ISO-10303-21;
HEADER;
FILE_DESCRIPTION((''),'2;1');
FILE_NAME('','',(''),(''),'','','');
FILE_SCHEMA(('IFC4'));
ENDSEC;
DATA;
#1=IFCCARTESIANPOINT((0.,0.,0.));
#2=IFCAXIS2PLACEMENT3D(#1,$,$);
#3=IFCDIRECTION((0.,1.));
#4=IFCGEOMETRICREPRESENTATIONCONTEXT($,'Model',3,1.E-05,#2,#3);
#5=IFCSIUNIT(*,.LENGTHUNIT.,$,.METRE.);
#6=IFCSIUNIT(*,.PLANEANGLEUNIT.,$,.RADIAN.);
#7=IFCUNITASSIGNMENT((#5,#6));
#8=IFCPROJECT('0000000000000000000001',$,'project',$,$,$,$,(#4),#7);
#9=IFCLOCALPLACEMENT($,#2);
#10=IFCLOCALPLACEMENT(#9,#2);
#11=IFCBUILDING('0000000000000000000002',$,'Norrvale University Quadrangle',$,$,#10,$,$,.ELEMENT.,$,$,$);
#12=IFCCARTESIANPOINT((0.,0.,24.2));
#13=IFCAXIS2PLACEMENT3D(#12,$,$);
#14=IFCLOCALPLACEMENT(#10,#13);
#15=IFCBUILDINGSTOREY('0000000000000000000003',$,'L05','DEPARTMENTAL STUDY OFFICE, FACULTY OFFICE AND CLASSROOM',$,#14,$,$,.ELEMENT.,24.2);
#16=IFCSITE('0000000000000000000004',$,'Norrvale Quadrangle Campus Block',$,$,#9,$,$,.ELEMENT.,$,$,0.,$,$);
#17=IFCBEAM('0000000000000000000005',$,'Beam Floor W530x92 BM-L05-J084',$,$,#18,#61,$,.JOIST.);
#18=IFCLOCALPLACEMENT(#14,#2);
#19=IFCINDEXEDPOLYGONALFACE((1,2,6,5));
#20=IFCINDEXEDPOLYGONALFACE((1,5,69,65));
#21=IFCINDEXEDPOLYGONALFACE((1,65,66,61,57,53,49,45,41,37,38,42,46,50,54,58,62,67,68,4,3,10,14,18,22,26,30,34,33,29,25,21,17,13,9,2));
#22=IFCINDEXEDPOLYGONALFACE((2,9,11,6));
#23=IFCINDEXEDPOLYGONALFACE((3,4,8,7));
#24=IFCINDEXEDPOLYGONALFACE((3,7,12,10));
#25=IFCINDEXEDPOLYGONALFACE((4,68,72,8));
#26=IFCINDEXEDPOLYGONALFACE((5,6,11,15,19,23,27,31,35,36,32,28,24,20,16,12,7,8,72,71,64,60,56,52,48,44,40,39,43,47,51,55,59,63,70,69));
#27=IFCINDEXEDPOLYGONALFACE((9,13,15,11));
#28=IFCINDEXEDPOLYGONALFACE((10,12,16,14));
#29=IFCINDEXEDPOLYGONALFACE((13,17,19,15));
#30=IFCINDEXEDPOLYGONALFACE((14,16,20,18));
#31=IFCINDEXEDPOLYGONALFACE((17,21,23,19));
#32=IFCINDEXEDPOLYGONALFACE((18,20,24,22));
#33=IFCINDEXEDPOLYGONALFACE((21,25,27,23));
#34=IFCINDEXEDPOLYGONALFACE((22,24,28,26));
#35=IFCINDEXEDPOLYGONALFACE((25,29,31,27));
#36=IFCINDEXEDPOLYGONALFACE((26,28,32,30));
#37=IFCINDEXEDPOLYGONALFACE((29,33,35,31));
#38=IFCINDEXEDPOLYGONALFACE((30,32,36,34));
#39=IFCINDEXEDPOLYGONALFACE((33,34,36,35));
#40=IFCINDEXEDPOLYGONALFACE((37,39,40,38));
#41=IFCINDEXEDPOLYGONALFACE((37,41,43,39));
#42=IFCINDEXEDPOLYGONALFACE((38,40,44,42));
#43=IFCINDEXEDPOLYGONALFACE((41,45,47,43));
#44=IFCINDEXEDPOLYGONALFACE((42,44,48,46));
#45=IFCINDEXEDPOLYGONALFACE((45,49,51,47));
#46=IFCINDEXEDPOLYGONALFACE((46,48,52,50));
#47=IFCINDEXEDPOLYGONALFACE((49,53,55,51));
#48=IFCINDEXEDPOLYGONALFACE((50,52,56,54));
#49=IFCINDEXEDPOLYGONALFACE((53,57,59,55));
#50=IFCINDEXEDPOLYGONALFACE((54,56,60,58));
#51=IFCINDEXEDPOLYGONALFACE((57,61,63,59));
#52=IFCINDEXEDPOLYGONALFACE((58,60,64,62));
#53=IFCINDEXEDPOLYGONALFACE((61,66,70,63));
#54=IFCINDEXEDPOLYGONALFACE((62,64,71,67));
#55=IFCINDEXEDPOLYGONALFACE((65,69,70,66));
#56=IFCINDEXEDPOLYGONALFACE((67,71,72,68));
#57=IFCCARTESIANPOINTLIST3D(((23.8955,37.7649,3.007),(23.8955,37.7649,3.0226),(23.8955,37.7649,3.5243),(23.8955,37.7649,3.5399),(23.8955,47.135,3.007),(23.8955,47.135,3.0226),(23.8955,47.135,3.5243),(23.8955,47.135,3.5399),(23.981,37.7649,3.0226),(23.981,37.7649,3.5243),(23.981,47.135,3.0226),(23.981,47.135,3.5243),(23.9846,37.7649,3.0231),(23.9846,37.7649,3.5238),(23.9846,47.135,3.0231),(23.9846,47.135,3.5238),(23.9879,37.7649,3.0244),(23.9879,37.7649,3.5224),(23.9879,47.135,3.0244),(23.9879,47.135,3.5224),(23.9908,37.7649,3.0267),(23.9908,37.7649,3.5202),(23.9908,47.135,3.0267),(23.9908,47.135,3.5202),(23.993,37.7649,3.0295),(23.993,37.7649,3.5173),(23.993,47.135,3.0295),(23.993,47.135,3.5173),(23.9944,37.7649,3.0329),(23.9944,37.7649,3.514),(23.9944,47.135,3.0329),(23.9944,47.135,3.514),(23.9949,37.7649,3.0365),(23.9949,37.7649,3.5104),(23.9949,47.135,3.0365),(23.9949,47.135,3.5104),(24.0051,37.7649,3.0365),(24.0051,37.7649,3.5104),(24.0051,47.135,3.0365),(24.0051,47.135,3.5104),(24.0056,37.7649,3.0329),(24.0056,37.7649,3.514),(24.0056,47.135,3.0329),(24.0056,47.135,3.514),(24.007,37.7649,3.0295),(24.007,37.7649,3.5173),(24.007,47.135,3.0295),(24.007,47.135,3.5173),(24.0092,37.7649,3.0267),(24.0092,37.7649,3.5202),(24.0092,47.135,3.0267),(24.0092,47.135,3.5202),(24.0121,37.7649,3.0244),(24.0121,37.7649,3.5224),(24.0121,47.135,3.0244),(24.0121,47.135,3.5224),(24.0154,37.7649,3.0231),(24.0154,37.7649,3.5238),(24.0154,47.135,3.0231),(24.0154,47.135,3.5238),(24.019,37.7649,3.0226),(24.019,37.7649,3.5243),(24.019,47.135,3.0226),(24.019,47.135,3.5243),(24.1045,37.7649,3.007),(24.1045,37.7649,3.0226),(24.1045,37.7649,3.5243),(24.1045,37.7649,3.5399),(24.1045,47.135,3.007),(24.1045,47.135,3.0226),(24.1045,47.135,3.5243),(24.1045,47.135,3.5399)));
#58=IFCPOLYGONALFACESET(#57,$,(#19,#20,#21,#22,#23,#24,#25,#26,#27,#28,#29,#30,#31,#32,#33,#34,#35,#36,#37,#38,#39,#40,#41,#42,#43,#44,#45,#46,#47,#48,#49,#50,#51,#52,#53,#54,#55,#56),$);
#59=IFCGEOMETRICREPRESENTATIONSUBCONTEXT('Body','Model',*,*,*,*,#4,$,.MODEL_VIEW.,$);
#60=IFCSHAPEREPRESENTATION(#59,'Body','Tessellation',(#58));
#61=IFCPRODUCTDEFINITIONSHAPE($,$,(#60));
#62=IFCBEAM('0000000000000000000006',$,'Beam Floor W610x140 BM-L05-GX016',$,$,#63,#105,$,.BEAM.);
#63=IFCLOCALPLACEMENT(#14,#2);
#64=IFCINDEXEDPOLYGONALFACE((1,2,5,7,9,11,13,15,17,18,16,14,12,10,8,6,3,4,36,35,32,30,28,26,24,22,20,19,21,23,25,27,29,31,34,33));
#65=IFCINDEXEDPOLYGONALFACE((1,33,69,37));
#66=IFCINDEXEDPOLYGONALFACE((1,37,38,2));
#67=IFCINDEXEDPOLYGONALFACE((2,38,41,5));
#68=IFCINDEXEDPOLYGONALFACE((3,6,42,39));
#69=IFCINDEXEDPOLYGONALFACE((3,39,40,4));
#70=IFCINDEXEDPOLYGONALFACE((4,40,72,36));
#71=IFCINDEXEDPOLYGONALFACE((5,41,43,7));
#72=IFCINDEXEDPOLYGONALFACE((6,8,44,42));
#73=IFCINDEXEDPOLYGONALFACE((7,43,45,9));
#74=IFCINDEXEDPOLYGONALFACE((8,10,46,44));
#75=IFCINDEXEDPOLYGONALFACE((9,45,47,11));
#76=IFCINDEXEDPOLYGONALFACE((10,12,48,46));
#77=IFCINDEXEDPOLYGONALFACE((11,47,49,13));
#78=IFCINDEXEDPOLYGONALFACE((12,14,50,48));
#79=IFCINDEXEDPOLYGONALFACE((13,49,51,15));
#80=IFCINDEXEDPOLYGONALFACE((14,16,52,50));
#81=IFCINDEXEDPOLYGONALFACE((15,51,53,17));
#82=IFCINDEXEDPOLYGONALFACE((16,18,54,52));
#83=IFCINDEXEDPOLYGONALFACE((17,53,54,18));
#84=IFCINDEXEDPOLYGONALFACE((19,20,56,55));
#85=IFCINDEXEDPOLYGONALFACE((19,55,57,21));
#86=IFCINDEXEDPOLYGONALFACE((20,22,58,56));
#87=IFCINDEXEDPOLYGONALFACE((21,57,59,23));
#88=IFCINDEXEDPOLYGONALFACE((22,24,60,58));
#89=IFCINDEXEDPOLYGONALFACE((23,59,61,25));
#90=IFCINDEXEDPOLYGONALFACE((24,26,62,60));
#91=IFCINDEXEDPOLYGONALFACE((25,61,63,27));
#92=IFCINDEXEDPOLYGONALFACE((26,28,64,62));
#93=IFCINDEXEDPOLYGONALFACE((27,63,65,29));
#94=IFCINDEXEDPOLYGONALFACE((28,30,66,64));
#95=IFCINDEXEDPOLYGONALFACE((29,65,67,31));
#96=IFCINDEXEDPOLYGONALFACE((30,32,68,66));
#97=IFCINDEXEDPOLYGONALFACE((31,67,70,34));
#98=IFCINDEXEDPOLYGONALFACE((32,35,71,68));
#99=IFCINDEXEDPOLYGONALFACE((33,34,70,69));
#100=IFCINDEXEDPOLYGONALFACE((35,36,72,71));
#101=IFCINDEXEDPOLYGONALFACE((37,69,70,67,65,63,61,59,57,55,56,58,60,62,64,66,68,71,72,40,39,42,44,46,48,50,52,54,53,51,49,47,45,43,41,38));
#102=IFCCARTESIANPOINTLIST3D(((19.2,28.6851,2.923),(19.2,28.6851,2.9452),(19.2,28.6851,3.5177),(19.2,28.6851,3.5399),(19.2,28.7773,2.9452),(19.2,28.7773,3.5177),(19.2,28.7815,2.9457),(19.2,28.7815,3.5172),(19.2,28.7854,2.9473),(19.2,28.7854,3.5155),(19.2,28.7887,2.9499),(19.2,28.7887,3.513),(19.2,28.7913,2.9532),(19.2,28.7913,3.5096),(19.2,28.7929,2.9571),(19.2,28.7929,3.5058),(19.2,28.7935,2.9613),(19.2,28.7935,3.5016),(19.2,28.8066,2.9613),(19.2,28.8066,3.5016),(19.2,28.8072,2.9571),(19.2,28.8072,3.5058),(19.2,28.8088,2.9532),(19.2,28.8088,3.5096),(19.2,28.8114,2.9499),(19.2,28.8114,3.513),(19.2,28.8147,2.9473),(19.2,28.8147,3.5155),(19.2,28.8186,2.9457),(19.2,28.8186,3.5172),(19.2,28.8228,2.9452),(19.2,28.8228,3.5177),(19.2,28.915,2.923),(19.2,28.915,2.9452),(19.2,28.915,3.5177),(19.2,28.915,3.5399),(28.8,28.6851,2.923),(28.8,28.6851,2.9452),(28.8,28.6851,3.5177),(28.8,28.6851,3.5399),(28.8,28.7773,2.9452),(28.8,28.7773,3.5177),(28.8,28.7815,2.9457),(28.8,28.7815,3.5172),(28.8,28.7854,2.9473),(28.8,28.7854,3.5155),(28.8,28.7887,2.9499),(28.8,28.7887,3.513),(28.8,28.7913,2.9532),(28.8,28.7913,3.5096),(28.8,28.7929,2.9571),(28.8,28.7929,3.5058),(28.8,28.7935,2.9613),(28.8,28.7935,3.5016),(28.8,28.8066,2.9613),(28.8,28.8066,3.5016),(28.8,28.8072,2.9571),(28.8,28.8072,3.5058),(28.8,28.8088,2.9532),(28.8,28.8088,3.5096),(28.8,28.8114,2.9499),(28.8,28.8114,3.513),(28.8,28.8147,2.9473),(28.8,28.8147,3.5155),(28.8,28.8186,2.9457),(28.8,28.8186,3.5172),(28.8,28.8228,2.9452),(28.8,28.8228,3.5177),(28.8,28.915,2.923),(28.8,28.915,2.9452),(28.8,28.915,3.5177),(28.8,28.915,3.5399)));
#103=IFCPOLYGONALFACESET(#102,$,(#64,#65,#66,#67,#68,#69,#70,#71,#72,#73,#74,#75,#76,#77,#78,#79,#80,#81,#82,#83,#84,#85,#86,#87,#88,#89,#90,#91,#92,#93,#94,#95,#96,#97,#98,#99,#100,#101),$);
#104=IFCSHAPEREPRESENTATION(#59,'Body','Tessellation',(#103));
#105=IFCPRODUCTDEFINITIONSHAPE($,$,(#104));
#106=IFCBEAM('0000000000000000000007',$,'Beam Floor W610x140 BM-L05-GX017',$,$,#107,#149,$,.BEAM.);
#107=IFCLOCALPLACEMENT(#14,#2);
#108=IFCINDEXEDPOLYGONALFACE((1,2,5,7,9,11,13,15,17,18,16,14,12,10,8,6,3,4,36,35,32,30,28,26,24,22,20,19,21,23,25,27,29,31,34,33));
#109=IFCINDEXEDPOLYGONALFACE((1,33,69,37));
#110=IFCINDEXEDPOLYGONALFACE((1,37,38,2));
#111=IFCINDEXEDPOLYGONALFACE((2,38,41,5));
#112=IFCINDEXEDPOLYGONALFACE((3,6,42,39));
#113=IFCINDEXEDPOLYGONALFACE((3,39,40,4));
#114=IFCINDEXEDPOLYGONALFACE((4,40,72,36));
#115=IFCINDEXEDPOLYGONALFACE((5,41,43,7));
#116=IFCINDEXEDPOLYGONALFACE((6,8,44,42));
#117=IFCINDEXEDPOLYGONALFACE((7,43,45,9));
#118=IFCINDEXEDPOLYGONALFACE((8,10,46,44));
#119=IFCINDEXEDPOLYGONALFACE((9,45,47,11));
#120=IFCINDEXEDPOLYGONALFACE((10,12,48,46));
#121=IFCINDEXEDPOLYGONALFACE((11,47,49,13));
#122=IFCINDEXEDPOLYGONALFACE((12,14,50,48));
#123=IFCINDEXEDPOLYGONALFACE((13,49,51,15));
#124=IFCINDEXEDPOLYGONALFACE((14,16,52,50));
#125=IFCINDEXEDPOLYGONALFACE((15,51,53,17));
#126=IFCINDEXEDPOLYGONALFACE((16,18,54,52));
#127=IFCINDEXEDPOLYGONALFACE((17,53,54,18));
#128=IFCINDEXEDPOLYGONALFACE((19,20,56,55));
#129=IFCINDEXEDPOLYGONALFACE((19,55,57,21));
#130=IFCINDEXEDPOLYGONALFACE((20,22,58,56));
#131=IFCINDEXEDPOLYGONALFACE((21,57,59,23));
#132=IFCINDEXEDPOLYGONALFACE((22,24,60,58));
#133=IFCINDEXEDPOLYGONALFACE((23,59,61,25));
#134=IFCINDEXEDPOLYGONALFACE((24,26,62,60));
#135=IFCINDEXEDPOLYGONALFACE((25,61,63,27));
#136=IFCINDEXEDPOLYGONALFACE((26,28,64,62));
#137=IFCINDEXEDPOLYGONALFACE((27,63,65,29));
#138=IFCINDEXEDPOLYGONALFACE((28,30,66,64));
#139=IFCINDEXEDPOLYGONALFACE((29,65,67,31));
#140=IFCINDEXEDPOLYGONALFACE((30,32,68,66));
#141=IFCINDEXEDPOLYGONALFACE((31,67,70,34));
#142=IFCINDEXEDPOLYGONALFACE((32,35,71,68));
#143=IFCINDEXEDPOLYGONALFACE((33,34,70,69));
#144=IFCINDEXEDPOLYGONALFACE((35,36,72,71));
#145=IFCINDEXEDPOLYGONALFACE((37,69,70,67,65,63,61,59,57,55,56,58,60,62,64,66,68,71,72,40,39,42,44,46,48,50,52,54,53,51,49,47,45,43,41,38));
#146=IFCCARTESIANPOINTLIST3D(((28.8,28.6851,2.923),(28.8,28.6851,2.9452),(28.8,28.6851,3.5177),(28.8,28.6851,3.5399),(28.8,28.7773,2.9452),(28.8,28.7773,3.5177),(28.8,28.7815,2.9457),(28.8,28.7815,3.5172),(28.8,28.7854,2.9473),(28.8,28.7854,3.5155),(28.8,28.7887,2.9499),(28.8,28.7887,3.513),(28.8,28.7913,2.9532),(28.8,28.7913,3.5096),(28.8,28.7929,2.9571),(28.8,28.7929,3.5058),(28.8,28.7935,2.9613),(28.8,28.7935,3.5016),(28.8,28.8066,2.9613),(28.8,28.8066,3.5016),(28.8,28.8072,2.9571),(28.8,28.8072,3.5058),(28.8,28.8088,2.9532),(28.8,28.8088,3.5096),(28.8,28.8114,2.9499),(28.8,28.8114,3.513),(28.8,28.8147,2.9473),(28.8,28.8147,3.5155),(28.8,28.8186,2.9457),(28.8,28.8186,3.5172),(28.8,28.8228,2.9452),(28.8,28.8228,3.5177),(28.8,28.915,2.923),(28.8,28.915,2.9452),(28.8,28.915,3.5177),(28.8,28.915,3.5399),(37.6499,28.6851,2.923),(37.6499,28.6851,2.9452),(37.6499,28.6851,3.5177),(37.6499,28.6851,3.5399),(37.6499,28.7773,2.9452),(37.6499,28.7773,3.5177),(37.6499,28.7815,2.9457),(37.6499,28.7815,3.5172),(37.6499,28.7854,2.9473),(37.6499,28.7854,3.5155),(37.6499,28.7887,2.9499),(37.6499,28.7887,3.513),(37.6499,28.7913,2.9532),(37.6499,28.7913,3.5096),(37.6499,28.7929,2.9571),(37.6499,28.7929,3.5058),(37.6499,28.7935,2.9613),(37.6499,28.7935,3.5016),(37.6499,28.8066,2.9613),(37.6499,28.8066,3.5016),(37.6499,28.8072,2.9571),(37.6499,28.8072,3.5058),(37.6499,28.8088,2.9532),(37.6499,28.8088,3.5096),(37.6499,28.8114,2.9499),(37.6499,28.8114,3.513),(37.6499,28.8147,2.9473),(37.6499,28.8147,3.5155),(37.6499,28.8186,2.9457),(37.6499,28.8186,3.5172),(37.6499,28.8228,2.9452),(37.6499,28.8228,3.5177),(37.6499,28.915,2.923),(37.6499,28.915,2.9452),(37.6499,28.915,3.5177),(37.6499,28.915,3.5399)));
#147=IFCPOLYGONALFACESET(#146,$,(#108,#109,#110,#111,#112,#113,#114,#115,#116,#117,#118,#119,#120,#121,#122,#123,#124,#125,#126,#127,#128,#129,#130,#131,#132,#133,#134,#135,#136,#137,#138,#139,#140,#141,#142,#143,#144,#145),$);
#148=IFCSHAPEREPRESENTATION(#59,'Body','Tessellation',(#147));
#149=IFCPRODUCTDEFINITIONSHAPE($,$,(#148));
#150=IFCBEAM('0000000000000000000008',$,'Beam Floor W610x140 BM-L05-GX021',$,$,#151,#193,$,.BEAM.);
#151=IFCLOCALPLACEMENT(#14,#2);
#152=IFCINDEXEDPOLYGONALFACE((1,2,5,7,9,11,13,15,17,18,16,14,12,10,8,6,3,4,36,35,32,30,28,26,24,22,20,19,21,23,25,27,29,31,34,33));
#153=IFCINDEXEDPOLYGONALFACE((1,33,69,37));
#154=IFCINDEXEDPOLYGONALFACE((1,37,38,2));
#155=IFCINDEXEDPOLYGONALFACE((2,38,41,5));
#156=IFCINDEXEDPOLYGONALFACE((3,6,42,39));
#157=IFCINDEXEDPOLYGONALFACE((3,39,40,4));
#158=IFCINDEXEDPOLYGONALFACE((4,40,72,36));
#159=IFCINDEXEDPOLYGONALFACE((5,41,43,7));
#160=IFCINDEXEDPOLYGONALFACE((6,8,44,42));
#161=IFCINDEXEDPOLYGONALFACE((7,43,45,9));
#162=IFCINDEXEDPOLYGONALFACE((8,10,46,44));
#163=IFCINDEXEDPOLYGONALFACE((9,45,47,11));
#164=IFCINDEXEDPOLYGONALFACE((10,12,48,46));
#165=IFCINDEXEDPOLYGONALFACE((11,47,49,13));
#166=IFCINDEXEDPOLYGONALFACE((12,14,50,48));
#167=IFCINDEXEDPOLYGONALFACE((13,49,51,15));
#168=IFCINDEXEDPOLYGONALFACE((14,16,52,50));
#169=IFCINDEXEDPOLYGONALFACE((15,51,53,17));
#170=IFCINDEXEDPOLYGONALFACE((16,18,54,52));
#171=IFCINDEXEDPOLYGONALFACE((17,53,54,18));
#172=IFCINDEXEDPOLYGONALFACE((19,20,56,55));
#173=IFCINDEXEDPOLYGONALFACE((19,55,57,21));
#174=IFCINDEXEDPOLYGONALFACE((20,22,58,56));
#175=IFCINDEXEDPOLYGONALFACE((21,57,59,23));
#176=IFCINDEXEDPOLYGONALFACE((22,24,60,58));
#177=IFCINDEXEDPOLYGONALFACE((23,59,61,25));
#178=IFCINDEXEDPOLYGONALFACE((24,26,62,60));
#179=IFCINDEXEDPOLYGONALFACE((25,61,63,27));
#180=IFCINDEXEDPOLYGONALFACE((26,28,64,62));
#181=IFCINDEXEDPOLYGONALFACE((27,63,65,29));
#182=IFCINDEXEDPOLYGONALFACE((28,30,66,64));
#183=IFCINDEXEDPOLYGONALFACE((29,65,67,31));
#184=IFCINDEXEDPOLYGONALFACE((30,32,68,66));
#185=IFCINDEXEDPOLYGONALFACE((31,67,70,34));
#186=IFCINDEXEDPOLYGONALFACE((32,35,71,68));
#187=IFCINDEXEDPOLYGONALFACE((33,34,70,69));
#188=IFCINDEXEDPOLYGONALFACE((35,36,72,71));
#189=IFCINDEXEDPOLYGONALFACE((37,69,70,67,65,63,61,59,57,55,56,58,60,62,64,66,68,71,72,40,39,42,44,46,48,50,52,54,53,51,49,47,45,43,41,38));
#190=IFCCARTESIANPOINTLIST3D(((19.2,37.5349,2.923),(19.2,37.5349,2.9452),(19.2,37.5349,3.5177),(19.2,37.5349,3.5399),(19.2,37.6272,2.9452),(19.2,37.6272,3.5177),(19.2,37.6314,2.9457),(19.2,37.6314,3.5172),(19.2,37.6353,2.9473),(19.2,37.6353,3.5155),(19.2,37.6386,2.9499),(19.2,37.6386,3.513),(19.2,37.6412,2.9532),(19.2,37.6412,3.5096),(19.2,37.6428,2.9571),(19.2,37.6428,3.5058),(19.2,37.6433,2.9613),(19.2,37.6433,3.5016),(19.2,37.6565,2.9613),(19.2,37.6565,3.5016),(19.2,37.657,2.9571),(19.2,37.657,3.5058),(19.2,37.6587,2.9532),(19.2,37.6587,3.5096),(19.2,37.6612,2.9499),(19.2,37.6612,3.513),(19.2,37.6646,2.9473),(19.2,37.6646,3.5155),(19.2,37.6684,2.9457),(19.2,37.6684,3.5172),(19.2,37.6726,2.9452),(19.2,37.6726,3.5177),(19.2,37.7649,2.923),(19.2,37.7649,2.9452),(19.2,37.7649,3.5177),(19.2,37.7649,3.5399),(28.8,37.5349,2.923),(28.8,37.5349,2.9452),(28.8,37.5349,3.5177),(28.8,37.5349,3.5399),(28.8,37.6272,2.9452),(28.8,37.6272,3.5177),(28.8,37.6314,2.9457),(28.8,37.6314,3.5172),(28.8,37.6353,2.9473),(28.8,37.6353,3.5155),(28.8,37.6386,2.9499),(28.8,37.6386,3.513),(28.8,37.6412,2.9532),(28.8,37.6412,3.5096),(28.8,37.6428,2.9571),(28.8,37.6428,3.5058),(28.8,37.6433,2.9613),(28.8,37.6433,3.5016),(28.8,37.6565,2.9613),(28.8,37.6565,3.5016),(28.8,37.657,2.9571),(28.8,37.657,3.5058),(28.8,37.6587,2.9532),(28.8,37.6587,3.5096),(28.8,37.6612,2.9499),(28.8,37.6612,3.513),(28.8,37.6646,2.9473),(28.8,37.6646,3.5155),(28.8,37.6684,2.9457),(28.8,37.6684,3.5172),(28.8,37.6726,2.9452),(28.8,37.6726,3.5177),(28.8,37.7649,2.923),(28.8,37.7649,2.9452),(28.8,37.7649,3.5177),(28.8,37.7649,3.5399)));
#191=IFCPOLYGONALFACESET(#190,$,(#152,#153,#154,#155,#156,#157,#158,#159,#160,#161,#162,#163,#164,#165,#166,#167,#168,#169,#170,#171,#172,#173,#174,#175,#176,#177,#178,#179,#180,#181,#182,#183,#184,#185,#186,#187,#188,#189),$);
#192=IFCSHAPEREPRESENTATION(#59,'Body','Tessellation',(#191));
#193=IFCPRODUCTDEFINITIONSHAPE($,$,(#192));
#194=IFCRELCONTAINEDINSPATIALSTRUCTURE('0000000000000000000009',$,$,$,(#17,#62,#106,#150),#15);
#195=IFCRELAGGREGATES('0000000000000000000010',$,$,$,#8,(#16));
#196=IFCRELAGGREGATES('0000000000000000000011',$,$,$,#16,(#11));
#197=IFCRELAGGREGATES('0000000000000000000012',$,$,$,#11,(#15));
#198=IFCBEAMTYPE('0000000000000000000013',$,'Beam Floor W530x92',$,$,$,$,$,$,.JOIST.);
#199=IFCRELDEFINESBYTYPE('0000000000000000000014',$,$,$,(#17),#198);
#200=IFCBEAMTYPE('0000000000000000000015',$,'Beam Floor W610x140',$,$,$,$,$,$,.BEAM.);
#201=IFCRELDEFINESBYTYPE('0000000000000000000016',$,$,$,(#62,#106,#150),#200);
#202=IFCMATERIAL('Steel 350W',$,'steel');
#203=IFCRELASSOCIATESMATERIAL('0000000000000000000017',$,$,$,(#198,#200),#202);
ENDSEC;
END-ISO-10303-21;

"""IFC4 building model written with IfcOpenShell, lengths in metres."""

from ifc_helpers import new_model, si_unit, direction, frame, origin, origin_2d, place, context, subcontext, project, spatial, i_section, extrude, material, material_profile, profile_set, type_object, element, save


model = new_model("IFC4")

# Units and contexts
model_context = context("Model", 3, precision=1e-05, world=origin(), true_north=direction((0.0, 1.0)))
body_context = subcontext(model_context, "Body", "Model", "MODEL_VIEW")
ifc_project = project(units=[si_unit("LENGTHUNIT", "METRE"), si_unit("PLANEANGLEUNIT", "RADIAN")], contexts=[model_context])

# Site, building, storey
site_placement = place(None, origin())
site = spatial("IfcSite", under=ifc_project, at=site_placement, Name="Norrvale Quadrangle Campus Block", CompositionType="ELEMENT", RefElevation=0.0)
building_placement = place(site_placement, origin())
building = spatial("IfcBuilding", under=site, at=building_placement, Name="Norrvale University Quadrangle", CompositionType="ELEMENT")
storey_placement = place(building_placement, frame((0.0, 0.0, 24.2)))
storey = spatial("IfcBuildingStorey", under=building, at=storey_placement, Name="L05", Description="DEPARTMENTAL STUDY OFFICE, FACULTY OFFICE AND CLASSROOM", CompositionType="ELEMENT", Elevation=24.2)

# Beams
ifc_material_1 = material(Name="Steel 350W", Category="steel")
ifc_material_profile_1 = material_profile(ifc_material_1, i_section(OverallWidth=0.209, OverallDepth=0.533, WebThickness=0.0103, FlangeThickness=0.0156, FilletRadius=0.0139, at=origin_2d()), Name="Steel 350W")
ifc_profile_set_1 = profile_set([ifc_material_profile_1], Name="Steel 350W")
beam_type_1 = type_object("IfcBeamType", Name="Beam Floor W530x92", PredefinedType="JOIST", material=ifc_profile_set_1)
beam_1_placement = place(storey_placement, frame((24.0, 37.7649, 3.2734), z_axis=(0.0, 1.0, 0.0), x_axis=(-1.0, 0.0, 0.0)))
element("IfcBeam", 1, at=beam_1_placement, inside=storey, type_object=beam_type_1, Name="Beam Floor W530x92 BM-L05-J084", PredefinedType="JOIST", context=body_context, shape_type="SweptSolid", body=[
    extrude(i_section(OverallWidth=0.209, OverallDepth=0.533, WebThickness=0.0103, FlangeThickness=0.0156, FilletRadius=0.0139, at=origin_2d()), origin(), (0.0, 0.0, 1.0), 9.3701),
])
ifc_material_profile_2 = material_profile(ifc_material_1, i_section(OverallWidth=0.23, OverallDepth=0.6169, WebThickness=0.0132, FlangeThickness=0.0222, FilletRadius=0.0161, at=origin_2d()), Name="Steel 350W")
ifc_profile_set_2 = profile_set([ifc_material_profile_2], Name="Steel 350W")
beam_type_2 = type_object("IfcBeamType", Name="Beam Floor W610x140", PredefinedType="BEAM", material=ifc_profile_set_2)
beam_2_placement = place(storey_placement, frame((19.2, 28.8, 3.2314), z_axis=(1.0, 0.0, 0.0), x_axis=(0.0, 1.0, 0.0)))
element("IfcBeam", 2, at=beam_2_placement, inside=storey, type_object=beam_type_2, Name="Beam Floor W610x140 BM-L05-GX016", PredefinedType="BEAM", context=body_context, shape_type="SweptSolid", body=[
    extrude(i_section(OverallWidth=0.23, OverallDepth=0.6169, WebThickness=0.0132, FlangeThickness=0.0222, FilletRadius=0.0161, at=origin_2d()), origin(), (0.0, 0.0, 1.0), 9.6001),
])
beam_3_placement = place(storey_placement, frame((28.8, 28.8, 3.2314), z_axis=(1.0, 0.0, 0.0), x_axis=(0.0, 1.0, 0.0)))
element("IfcBeam", 3, at=beam_3_placement, inside=storey, type_object=beam_type_2, Name="Beam Floor W610x140 BM-L05-GX017", PredefinedType="BEAM", context=body_context, shape_type="SweptSolid", body=[
    extrude(i_section(OverallWidth=0.23, OverallDepth=0.6169, WebThickness=0.0132, FlangeThickness=0.0222, FilletRadius=0.0161, at=origin_2d()), origin(), (0.0, 0.0, 1.0), 8.8499),
])
beam_4_placement = place(storey_placement, frame((19.2, 37.6499, 3.2314), z_axis=(1.0, 0.0, 0.0), x_axis=(0.0, 1.0, 0.0)))
element("IfcBeam", 4, at=beam_4_placement, inside=storey, type_object=beam_type_2, Name="Beam Floor W610x140 BM-L05-GX021", PredefinedType="BEAM", context=body_context, shape_type="SweptSolid", body=[
    extrude(i_section(OverallWidth=0.23, OverallDepth=0.6169, WebThickness=0.0132, FlangeThickness=0.0222, FilletRadius=0.0161, at=origin_2d()), origin(), (0.0, 0.0, 1.0), 9.6001),
])

save(model, "model.ifc")
